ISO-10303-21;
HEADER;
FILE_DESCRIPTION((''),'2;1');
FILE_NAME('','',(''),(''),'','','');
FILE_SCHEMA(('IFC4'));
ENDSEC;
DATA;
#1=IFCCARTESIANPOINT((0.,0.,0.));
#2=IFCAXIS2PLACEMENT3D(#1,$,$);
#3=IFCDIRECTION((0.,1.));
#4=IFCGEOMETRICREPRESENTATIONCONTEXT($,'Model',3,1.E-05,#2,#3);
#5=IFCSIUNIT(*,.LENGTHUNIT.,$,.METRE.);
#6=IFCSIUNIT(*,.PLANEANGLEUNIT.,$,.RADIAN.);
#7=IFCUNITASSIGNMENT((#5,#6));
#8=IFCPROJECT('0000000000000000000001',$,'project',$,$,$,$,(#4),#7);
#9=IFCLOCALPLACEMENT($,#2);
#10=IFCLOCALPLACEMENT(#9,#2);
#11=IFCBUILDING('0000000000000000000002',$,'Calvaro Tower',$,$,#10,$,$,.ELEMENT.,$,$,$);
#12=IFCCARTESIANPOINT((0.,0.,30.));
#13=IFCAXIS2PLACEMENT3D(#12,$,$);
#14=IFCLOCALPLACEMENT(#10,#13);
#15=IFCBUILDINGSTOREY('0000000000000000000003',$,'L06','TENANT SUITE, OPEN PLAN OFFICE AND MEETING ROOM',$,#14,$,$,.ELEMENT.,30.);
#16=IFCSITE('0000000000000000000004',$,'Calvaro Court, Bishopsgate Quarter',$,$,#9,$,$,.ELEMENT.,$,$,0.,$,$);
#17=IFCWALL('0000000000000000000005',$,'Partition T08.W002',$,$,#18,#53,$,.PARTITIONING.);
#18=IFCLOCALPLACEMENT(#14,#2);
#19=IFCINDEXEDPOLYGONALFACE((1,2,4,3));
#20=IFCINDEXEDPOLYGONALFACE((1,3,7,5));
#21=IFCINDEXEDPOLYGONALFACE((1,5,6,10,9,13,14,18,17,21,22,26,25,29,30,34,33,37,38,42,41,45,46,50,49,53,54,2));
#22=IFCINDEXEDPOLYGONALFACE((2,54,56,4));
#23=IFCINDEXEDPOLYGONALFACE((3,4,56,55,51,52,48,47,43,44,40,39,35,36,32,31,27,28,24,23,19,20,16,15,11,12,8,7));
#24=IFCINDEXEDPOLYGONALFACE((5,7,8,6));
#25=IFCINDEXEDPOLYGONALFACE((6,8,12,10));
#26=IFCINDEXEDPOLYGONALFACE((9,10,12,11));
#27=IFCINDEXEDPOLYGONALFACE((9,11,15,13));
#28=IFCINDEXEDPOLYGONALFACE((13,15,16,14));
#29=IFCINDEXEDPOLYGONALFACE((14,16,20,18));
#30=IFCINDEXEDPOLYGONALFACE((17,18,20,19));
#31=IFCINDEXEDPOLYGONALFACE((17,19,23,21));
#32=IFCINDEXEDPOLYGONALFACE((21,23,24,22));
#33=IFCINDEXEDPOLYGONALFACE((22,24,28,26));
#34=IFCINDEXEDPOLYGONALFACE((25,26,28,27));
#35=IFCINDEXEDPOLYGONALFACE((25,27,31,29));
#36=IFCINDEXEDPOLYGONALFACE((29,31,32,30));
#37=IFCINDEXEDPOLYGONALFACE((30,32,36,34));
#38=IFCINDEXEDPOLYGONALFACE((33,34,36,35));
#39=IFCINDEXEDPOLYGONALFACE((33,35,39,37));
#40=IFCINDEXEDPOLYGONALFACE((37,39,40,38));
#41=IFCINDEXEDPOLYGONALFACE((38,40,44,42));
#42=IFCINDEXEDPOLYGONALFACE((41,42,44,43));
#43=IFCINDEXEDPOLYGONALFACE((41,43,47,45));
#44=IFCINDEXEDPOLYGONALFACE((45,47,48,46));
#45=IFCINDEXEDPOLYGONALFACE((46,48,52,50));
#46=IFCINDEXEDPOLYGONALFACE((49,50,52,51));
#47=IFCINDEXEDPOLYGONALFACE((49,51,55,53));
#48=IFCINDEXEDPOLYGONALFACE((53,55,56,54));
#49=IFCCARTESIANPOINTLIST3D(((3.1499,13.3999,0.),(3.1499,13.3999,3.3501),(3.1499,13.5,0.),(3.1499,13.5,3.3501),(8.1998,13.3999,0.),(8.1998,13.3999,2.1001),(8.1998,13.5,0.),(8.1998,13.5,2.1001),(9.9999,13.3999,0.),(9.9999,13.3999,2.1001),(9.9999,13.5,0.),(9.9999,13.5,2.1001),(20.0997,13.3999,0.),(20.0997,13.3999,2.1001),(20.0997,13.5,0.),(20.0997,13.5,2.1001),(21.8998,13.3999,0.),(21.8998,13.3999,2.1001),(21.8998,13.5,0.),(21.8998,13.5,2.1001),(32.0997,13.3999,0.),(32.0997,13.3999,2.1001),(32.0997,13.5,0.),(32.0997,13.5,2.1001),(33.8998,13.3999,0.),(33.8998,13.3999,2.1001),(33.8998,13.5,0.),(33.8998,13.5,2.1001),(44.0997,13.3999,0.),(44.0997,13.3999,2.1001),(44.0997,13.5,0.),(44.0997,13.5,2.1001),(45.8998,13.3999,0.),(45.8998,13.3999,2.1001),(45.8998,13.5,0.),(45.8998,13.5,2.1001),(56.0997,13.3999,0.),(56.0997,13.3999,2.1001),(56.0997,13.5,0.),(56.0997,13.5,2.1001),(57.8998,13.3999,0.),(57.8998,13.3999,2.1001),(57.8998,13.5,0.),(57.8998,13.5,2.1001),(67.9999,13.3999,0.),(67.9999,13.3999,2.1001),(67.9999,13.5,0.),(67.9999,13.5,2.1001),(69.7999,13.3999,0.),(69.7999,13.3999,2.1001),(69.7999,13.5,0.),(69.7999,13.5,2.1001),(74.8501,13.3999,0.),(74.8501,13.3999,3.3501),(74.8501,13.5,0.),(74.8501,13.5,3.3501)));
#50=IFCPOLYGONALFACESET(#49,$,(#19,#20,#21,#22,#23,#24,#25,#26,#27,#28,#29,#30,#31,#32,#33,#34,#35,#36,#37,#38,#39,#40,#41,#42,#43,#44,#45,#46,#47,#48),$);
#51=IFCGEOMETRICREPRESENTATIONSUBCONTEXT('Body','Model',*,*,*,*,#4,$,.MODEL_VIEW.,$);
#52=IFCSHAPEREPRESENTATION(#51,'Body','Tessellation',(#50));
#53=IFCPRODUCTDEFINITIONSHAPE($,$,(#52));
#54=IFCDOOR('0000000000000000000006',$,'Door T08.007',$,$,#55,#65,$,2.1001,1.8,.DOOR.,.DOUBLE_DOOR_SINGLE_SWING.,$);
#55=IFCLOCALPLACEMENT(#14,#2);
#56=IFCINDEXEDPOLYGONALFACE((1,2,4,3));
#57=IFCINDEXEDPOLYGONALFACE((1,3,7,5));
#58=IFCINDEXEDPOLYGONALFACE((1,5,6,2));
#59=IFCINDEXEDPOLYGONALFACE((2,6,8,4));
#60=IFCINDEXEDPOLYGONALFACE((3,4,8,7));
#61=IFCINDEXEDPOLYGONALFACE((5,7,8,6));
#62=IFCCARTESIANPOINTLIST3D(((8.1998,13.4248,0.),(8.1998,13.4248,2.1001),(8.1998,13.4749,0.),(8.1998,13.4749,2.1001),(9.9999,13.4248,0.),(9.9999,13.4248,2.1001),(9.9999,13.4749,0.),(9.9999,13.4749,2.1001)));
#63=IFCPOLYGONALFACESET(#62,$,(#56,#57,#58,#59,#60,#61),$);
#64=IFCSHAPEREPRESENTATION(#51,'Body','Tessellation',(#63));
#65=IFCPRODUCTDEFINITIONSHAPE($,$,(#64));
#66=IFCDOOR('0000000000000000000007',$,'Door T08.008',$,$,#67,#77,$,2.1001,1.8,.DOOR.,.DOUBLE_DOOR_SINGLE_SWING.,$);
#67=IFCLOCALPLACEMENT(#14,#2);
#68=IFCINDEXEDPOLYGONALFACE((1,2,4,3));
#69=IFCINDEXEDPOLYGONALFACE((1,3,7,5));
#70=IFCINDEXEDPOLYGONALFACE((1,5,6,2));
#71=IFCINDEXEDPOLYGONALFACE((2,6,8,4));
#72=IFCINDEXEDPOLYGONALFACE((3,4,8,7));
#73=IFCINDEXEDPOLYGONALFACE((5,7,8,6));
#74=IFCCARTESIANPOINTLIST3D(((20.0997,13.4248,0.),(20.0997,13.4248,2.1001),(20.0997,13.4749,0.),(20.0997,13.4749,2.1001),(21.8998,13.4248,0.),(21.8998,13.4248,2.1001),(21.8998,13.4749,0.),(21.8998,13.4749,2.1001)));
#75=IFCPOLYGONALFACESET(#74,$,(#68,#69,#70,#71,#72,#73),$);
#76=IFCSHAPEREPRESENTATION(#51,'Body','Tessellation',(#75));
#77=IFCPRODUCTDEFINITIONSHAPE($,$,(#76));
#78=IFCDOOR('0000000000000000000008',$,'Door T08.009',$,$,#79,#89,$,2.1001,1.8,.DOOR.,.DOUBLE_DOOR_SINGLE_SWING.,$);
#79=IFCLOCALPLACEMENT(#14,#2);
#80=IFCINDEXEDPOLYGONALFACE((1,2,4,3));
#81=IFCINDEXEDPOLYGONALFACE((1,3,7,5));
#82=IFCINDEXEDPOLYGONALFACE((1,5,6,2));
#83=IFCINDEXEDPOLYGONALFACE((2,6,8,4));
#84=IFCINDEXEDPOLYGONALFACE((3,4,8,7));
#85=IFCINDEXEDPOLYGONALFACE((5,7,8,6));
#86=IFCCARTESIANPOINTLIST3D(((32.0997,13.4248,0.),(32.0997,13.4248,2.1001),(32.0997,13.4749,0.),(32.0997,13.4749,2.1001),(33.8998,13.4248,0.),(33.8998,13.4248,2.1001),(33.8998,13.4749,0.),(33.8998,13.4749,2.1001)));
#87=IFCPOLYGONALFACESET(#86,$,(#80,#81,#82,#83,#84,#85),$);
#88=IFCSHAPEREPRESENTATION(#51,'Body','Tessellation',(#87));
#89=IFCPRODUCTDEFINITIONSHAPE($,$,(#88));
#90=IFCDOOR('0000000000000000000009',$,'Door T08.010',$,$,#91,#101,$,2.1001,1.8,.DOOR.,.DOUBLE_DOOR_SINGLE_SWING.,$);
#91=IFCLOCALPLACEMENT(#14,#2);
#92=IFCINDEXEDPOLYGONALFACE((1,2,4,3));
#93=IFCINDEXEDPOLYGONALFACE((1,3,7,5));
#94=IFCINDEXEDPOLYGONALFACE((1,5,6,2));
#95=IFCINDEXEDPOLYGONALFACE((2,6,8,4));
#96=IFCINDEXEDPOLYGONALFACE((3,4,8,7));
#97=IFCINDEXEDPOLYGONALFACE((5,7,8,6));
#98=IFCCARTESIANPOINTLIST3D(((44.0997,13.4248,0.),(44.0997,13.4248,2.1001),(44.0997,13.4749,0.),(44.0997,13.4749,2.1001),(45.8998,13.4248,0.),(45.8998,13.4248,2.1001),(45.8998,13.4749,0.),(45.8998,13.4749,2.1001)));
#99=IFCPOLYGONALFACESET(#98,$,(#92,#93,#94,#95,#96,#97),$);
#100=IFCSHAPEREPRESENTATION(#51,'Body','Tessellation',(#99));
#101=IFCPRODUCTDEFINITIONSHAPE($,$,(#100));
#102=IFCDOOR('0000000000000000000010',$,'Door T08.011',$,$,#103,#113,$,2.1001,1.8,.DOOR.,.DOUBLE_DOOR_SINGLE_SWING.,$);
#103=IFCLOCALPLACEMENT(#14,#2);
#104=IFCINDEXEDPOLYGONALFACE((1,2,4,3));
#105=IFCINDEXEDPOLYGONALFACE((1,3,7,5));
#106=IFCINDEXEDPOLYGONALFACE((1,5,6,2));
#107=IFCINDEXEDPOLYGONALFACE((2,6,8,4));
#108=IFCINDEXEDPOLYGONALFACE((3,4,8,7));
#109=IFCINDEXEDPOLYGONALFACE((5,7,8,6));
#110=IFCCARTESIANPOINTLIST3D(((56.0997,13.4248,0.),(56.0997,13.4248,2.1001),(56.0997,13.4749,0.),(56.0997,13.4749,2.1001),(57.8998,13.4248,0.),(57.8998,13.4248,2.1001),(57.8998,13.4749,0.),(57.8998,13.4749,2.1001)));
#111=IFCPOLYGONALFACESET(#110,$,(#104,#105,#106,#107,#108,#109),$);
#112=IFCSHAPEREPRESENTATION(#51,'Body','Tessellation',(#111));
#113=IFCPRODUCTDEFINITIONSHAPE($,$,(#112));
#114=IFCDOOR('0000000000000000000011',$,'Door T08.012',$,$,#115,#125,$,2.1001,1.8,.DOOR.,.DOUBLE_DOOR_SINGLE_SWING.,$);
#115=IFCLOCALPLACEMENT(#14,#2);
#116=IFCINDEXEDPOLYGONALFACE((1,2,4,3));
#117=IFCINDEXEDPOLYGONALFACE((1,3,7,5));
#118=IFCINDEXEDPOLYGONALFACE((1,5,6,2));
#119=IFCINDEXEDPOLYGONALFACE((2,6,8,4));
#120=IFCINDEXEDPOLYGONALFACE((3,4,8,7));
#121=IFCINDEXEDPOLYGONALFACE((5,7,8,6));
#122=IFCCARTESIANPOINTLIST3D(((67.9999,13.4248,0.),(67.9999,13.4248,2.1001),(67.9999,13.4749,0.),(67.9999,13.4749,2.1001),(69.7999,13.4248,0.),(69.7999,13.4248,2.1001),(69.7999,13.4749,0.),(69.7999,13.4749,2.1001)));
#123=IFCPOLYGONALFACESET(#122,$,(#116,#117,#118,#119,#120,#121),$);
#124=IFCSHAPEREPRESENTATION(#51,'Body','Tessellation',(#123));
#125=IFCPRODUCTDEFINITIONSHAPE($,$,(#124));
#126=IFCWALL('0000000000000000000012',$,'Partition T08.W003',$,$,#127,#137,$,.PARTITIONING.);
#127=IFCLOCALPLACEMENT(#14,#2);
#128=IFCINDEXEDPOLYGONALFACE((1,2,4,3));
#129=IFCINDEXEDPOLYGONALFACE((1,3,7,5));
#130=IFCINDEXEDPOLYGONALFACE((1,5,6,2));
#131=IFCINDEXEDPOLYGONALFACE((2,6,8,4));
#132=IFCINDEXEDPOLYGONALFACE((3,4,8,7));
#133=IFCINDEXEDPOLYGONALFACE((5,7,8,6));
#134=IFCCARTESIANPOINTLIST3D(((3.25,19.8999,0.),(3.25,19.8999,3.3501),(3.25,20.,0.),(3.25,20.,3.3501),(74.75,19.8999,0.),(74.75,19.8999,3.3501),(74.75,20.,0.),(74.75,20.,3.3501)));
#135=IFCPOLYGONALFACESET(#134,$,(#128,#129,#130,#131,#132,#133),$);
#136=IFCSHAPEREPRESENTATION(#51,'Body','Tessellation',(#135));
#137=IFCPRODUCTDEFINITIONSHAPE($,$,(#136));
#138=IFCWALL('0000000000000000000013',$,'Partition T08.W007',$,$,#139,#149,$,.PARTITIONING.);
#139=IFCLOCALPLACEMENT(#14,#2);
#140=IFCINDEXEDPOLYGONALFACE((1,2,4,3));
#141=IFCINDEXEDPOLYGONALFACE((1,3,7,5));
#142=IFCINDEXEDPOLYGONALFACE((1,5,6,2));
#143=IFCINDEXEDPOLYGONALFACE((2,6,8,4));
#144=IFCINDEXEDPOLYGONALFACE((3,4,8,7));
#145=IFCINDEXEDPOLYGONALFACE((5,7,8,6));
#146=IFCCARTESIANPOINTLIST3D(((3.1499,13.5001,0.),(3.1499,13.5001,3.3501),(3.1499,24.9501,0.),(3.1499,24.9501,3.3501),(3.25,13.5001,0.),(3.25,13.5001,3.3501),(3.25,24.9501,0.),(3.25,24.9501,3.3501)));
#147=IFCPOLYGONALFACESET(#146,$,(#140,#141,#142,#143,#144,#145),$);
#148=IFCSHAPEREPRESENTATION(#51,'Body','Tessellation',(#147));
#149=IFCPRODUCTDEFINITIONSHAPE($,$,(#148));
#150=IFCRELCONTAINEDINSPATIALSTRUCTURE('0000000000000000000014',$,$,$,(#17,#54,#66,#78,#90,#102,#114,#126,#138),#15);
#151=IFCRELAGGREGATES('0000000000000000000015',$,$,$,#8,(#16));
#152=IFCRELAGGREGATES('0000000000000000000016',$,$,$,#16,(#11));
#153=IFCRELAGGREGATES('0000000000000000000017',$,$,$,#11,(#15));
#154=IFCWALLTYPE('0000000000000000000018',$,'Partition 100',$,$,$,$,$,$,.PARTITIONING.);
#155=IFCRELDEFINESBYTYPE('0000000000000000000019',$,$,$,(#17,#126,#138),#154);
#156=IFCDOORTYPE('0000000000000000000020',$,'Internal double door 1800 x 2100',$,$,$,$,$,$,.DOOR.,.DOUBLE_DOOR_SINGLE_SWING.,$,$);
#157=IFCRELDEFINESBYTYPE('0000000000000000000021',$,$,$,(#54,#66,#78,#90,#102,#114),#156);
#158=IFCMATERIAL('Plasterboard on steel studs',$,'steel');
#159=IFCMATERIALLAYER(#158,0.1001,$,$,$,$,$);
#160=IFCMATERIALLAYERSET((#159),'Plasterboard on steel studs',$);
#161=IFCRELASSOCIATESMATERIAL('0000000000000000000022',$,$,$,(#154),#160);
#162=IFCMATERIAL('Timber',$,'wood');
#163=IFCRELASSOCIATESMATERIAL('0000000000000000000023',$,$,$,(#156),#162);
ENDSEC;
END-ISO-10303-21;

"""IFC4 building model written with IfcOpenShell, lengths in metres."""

from ifc_helpers import new_model, si_unit, direction, frame, frame_2d, origin, place, context, subcontext, project, spatial, rectangle, extrude, material, layer, layer_set, type_object, element, fill, save


model = new_model("IFC4")

# Units and contexts
model_context = context("Model", 3, precision=1e-05, world=origin(), true_north=direction((0.0, 1.0)))
body_context = subcontext(model_context, "Body", "Model", "MODEL_VIEW")
ifc_project = project(units=[si_unit("LENGTHUNIT", "METRE"), si_unit("PLANEANGLEUNIT", "RADIAN")], contexts=[model_context])

# Site, building, storey
site_placement = place(None, origin())
site = spatial("IfcSite", under=ifc_project, at=site_placement, Name="Calvaro Court, Bishopsgate Quarter", CompositionType="ELEMENT", RefElevation=0.0)
building_placement = place(site_placement, origin())
building = spatial("IfcBuilding", under=site, at=building_placement, Name="Calvaro Tower", CompositionType="ELEMENT")
storey_placement = place(building_placement, frame((0.0, 0.0, 30.0)))
storey = spatial("IfcBuildingStorey", under=building, at=storey_placement, Name="L06", Description="TENANT SUITE, OPEN PLAN OFFICE AND MEETING ROOM", CompositionType="ELEMENT", Elevation=30.0)

# Wall, openings, doors
ifc_material_1 = material(Name="Plasterboard on steel studs", Category="steel")
ifc_layer = layer(ifc_material_1, 0.1001)
ifc_layer_set = layer_set([ifc_layer], Name="Plasterboard on steel studs")
wall_type = type_object("IfcWallType", Name="Partition 100", PredefinedType="PARTITIONING", material=ifc_layer_set)
wall_1_placement = place(storey_placement, frame((3.1499, 13.45, 0.0), z_axis=(0.0, 0.0, 1.0), x_axis=(1.0, 0.0, 0.0)))
wall_1 = element("IfcWall", 1, at=wall_1_placement, inside=storey, type_object=wall_type, Name="Partition T08.W002", PredefinedType="PARTITIONING", context=body_context, shape_type="SweptSolid", body=[
    extrude(rectangle(XDim=71.7002, YDim=0.1001, at=frame_2d((35.8501, 0.0))), origin(), (0.0, 0.0, 1.0), 3.3501),
])
opening_1_placement = place(wall_1_placement, frame((5.05, 0.0, 0.0)))
opening_1 = element("IfcOpeningElement", 2, at=opening_1_placement, cuts=wall_1, PredefinedType="OPENING", context=body_context, shape_type="SweptSolid", body=[
    extrude(rectangle(XDim=1.8, YDim=2.1001, at=frame_2d((0.8999, 1.05))), frame((0.0, 0.0601, 0.0), z_axis=(0.0, -1.0, 0.0), x_axis=(1.0, 0.0, 0.0)), (0.0, 0.0, 1.0), 0.1201),
])
opening_2_placement = place(wall_1_placement, frame((16.95, 0.0, 0.0)))
opening_2 = element("IfcOpeningElement", 3, at=opening_2_placement, cuts=wall_1, PredefinedType="OPENING", context=body_context, shape_type="SweptSolid", body=[
    extrude(rectangle(XDim=1.8, YDim=2.1001, at=frame_2d((0.8999, 1.05))), frame((0.0, 0.0601, 0.0), z_axis=(0.0, -1.0, 0.0), x_axis=(1.0, 0.0, 0.0)), (0.0, 0.0, 1.0), 0.1201),
])
opening_3_placement = place(wall_1_placement, frame((28.95, 0.0, 0.0)))
opening_3 = element("IfcOpeningElement", 4, at=opening_3_placement, cuts=wall_1, PredefinedType="OPENING", context=body_context, shape_type="SweptSolid", body=[
    extrude(rectangle(XDim=1.8, YDim=2.1001, at=frame_2d((0.8999, 1.05))), frame((0.0, 0.0601, 0.0), z_axis=(0.0, -1.0, 0.0), x_axis=(1.0, 0.0, 0.0)), (0.0, 0.0, 1.0), 0.1201),
])
opening_4_placement = place(wall_1_placement, frame((40.95, 0.0, 0.0)))
opening_4 = element("IfcOpeningElement", 5, at=opening_4_placement, cuts=wall_1, PredefinedType="OPENING", context=body_context, shape_type="SweptSolid", body=[
    extrude(rectangle(XDim=1.8, YDim=2.1001, at=frame_2d((0.8999, 1.05))), frame((0.0, 0.0601, 0.0), z_axis=(0.0, -1.0, 0.0), x_axis=(1.0, 0.0, 0.0)), (0.0, 0.0, 1.0), 0.1201),
])
opening_5_placement = place(wall_1_placement, frame((52.95, 0.0, 0.0)))
opening_5 = element("IfcOpeningElement", 6, at=opening_5_placement, cuts=wall_1, PredefinedType="OPENING", context=body_context, shape_type="SweptSolid", body=[
    extrude(rectangle(XDim=1.8, YDim=2.1001, at=frame_2d((0.8999, 1.05))), frame((0.0, 0.0601, 0.0), z_axis=(0.0, -1.0, 0.0), x_axis=(1.0, 0.0, 0.0)), (0.0, 0.0, 1.0), 0.1201),
])
opening_6_placement = place(wall_1_placement, frame((64.8501, 0.0, 0.0)))
opening_6 = element("IfcOpeningElement", 7, at=opening_6_placement, cuts=wall_1, PredefinedType="OPENING", context=body_context, shape_type="SweptSolid", body=[
    extrude(rectangle(XDim=1.8, YDim=2.1001, at=frame_2d((0.8999, 1.05))), frame((0.0, 0.0601, 0.0), z_axis=(0.0, -1.0, 0.0), x_axis=(1.0, 0.0, 0.0)), (0.0, 0.0, 1.0), 0.1201),
])
ifc_material_2 = material(Name="Timber", Category="wood")
door_type_1 = type_object("IfcDoorType", Name="Internal double door 1800 x 2100", OperationType="DOUBLE_DOOR_SINGLE_SWING", PredefinedType="DOOR", material=ifc_material_2)
door_1_placement = place(opening_1_placement, origin())
door_1 = element("IfcDoor", 8, at=door_1_placement, inside=storey, type_object=door_type_1, Name="Door T08.007", OperationType="DOUBLE_DOOR_SINGLE_SWING", OverallHeight=2.1001, OverallWidth=1.8, PredefinedType="DOOR", context=body_context, shape_type="SweptSolid", body=[
    extrude(rectangle(XDim=1.8, YDim=2.1001, at=frame_2d((0.8999, 1.05))), frame((0.0, 0.0249, 0.0), z_axis=(0.0, -1.0, 0.0), x_axis=(1.0, 0.0, 0.0)), (0.0, 0.0, 1.0), 0.05),
])
fill(opening_1, door_1)
door_2_placement = place(opening_2_placement, origin())
door_2 = element("IfcDoor", 9, at=door_2_placement, inside=storey, type_object=door_type_1, Name="Door T08.008", OperationType="DOUBLE_DOOR_SINGLE_SWING", OverallHeight=2.1001, OverallWidth=1.8, PredefinedType="DOOR", context=body_context, shape_type="SweptSolid", body=[
    extrude(rectangle(XDim=1.8, YDim=2.1001, at=frame_2d((0.8999, 1.05))), frame((0.0, 0.0249, 0.0), z_axis=(0.0, -1.0, 0.0), x_axis=(1.0, 0.0, 0.0)), (0.0, 0.0, 1.0), 0.05),
])
fill(opening_2, door_2)
door_3_placement = place(opening_3_placement, origin())
door_3 = element("IfcDoor", 10, at=door_3_placement, inside=storey, type_object=door_type_1, Name="Door T08.009", OperationType="DOUBLE_DOOR_SINGLE_SWING", OverallHeight=2.1001, OverallWidth=1.8, PredefinedType="DOOR", context=body_context, shape_type="SweptSolid", body=[
    extrude(rectangle(XDim=1.8, YDim=2.1001, at=frame_2d((0.8999, 1.05))), frame((0.0, 0.0249, 0.0), z_axis=(0.0, -1.0, 0.0), x_axis=(1.0, 0.0, 0.0)), (0.0, 0.0, 1.0), 0.05),
])
fill(opening_3, door_3)
door_4_placement = place(opening_4_placement, origin())
door_4 = element("IfcDoor", 11, at=door_4_placement, inside=storey, type_object=door_type_1, Name="Door T08.010", OperationType="DOUBLE_DOOR_SINGLE_SWING", OverallHeight=2.1001, OverallWidth=1.8, PredefinedType="DOOR", context=body_context, shape_type="SweptSolid", body=[
    extrude(rectangle(XDim=1.8, YDim=2.1001, at=frame_2d((0.8999, 1.05))), frame((0.0, 0.0249, 0.0), z_axis=(0.0, -1.0, 0.0), x_axis=(1.0, 0.0, 0.0)), (0.0, 0.0, 1.0), 0.05),
])
fill(opening_4, door_4)
door_5_placement = place(opening_5_placement, origin())
door_5 = element("IfcDoor", 12, at=door_5_placement, inside=storey, type_object=door_type_1, Name="Door T08.011", OperationType="DOUBLE_DOOR_SINGLE_SWING", OverallHeight=2.1001, OverallWidth=1.8, PredefinedType="DOOR", context=body_context, shape_type="SweptSolid", body=[
    extrude(rectangle(XDim=1.8, YDim=2.1001, at=frame_2d((0.8999, 1.05))), frame((0.0, 0.0249, 0.0), z_axis=(0.0, -1.0, 0.0), x_axis=(1.0, 0.0, 0.0)), (0.0, 0.0, 1.0), 0.05),
])
fill(opening_5, door_5)
door_6_placement = place(opening_6_placement, origin())
door_6 = element("IfcDoor", 13, at=door_6_placement, inside=storey, type_object=door_type_1, Name="Door T08.012", OperationType="DOUBLE_DOOR_SINGLE_SWING", OverallHeight=2.1001, OverallWidth=1.8, PredefinedType="DOOR", context=body_context, shape_type="SweptSolid", body=[
    extrude(rectangle(XDim=1.8, YDim=2.1001, at=frame_2d((0.8999, 1.05))), frame((0.0, 0.0249, 0.0), z_axis=(0.0, -1.0, 0.0), x_axis=(1.0, 0.0, 0.0)), (0.0, 0.0, 1.0), 0.05),
])
fill(opening_6, door_6)

# Walls
wall_2_placement = place(storey_placement, frame((3.25, 19.95, 0.0), z_axis=(0.0, 0.0, 1.0), x_axis=(1.0, 0.0, 0.0)))
element("IfcWall", 14, at=wall_2_placement, inside=storey, type_object=wall_type, Name="Partition T08.W003", PredefinedType="PARTITIONING", context=body_context, shape_type="SweptSolid", body=[
    extrude(rectangle(XDim=71.5, YDim=0.1001, at=frame_2d((35.75, 0.0))), origin(), (0.0, 0.0, 1.0), 3.3501),
])
wall_3_placement = place(storey_placement, frame((3.2, 13.5, 0.0), z_axis=(0.0, 0.0, 1.0), x_axis=(0.0, 1.0, 0.0)))
element("IfcWall", 15, at=wall_3_placement, inside=storey, type_object=wall_type, Name="Partition T08.W007", PredefinedType="PARTITIONING", context=body_context, shape_type="SweptSolid", body=[
    extrude(rectangle(XDim=11.45, YDim=0.1001, at=frame_2d((5.7251, 0.0))), origin(), (0.0, 0.0, 1.0), 3.3501),
])

save(model, "model.ifc")
